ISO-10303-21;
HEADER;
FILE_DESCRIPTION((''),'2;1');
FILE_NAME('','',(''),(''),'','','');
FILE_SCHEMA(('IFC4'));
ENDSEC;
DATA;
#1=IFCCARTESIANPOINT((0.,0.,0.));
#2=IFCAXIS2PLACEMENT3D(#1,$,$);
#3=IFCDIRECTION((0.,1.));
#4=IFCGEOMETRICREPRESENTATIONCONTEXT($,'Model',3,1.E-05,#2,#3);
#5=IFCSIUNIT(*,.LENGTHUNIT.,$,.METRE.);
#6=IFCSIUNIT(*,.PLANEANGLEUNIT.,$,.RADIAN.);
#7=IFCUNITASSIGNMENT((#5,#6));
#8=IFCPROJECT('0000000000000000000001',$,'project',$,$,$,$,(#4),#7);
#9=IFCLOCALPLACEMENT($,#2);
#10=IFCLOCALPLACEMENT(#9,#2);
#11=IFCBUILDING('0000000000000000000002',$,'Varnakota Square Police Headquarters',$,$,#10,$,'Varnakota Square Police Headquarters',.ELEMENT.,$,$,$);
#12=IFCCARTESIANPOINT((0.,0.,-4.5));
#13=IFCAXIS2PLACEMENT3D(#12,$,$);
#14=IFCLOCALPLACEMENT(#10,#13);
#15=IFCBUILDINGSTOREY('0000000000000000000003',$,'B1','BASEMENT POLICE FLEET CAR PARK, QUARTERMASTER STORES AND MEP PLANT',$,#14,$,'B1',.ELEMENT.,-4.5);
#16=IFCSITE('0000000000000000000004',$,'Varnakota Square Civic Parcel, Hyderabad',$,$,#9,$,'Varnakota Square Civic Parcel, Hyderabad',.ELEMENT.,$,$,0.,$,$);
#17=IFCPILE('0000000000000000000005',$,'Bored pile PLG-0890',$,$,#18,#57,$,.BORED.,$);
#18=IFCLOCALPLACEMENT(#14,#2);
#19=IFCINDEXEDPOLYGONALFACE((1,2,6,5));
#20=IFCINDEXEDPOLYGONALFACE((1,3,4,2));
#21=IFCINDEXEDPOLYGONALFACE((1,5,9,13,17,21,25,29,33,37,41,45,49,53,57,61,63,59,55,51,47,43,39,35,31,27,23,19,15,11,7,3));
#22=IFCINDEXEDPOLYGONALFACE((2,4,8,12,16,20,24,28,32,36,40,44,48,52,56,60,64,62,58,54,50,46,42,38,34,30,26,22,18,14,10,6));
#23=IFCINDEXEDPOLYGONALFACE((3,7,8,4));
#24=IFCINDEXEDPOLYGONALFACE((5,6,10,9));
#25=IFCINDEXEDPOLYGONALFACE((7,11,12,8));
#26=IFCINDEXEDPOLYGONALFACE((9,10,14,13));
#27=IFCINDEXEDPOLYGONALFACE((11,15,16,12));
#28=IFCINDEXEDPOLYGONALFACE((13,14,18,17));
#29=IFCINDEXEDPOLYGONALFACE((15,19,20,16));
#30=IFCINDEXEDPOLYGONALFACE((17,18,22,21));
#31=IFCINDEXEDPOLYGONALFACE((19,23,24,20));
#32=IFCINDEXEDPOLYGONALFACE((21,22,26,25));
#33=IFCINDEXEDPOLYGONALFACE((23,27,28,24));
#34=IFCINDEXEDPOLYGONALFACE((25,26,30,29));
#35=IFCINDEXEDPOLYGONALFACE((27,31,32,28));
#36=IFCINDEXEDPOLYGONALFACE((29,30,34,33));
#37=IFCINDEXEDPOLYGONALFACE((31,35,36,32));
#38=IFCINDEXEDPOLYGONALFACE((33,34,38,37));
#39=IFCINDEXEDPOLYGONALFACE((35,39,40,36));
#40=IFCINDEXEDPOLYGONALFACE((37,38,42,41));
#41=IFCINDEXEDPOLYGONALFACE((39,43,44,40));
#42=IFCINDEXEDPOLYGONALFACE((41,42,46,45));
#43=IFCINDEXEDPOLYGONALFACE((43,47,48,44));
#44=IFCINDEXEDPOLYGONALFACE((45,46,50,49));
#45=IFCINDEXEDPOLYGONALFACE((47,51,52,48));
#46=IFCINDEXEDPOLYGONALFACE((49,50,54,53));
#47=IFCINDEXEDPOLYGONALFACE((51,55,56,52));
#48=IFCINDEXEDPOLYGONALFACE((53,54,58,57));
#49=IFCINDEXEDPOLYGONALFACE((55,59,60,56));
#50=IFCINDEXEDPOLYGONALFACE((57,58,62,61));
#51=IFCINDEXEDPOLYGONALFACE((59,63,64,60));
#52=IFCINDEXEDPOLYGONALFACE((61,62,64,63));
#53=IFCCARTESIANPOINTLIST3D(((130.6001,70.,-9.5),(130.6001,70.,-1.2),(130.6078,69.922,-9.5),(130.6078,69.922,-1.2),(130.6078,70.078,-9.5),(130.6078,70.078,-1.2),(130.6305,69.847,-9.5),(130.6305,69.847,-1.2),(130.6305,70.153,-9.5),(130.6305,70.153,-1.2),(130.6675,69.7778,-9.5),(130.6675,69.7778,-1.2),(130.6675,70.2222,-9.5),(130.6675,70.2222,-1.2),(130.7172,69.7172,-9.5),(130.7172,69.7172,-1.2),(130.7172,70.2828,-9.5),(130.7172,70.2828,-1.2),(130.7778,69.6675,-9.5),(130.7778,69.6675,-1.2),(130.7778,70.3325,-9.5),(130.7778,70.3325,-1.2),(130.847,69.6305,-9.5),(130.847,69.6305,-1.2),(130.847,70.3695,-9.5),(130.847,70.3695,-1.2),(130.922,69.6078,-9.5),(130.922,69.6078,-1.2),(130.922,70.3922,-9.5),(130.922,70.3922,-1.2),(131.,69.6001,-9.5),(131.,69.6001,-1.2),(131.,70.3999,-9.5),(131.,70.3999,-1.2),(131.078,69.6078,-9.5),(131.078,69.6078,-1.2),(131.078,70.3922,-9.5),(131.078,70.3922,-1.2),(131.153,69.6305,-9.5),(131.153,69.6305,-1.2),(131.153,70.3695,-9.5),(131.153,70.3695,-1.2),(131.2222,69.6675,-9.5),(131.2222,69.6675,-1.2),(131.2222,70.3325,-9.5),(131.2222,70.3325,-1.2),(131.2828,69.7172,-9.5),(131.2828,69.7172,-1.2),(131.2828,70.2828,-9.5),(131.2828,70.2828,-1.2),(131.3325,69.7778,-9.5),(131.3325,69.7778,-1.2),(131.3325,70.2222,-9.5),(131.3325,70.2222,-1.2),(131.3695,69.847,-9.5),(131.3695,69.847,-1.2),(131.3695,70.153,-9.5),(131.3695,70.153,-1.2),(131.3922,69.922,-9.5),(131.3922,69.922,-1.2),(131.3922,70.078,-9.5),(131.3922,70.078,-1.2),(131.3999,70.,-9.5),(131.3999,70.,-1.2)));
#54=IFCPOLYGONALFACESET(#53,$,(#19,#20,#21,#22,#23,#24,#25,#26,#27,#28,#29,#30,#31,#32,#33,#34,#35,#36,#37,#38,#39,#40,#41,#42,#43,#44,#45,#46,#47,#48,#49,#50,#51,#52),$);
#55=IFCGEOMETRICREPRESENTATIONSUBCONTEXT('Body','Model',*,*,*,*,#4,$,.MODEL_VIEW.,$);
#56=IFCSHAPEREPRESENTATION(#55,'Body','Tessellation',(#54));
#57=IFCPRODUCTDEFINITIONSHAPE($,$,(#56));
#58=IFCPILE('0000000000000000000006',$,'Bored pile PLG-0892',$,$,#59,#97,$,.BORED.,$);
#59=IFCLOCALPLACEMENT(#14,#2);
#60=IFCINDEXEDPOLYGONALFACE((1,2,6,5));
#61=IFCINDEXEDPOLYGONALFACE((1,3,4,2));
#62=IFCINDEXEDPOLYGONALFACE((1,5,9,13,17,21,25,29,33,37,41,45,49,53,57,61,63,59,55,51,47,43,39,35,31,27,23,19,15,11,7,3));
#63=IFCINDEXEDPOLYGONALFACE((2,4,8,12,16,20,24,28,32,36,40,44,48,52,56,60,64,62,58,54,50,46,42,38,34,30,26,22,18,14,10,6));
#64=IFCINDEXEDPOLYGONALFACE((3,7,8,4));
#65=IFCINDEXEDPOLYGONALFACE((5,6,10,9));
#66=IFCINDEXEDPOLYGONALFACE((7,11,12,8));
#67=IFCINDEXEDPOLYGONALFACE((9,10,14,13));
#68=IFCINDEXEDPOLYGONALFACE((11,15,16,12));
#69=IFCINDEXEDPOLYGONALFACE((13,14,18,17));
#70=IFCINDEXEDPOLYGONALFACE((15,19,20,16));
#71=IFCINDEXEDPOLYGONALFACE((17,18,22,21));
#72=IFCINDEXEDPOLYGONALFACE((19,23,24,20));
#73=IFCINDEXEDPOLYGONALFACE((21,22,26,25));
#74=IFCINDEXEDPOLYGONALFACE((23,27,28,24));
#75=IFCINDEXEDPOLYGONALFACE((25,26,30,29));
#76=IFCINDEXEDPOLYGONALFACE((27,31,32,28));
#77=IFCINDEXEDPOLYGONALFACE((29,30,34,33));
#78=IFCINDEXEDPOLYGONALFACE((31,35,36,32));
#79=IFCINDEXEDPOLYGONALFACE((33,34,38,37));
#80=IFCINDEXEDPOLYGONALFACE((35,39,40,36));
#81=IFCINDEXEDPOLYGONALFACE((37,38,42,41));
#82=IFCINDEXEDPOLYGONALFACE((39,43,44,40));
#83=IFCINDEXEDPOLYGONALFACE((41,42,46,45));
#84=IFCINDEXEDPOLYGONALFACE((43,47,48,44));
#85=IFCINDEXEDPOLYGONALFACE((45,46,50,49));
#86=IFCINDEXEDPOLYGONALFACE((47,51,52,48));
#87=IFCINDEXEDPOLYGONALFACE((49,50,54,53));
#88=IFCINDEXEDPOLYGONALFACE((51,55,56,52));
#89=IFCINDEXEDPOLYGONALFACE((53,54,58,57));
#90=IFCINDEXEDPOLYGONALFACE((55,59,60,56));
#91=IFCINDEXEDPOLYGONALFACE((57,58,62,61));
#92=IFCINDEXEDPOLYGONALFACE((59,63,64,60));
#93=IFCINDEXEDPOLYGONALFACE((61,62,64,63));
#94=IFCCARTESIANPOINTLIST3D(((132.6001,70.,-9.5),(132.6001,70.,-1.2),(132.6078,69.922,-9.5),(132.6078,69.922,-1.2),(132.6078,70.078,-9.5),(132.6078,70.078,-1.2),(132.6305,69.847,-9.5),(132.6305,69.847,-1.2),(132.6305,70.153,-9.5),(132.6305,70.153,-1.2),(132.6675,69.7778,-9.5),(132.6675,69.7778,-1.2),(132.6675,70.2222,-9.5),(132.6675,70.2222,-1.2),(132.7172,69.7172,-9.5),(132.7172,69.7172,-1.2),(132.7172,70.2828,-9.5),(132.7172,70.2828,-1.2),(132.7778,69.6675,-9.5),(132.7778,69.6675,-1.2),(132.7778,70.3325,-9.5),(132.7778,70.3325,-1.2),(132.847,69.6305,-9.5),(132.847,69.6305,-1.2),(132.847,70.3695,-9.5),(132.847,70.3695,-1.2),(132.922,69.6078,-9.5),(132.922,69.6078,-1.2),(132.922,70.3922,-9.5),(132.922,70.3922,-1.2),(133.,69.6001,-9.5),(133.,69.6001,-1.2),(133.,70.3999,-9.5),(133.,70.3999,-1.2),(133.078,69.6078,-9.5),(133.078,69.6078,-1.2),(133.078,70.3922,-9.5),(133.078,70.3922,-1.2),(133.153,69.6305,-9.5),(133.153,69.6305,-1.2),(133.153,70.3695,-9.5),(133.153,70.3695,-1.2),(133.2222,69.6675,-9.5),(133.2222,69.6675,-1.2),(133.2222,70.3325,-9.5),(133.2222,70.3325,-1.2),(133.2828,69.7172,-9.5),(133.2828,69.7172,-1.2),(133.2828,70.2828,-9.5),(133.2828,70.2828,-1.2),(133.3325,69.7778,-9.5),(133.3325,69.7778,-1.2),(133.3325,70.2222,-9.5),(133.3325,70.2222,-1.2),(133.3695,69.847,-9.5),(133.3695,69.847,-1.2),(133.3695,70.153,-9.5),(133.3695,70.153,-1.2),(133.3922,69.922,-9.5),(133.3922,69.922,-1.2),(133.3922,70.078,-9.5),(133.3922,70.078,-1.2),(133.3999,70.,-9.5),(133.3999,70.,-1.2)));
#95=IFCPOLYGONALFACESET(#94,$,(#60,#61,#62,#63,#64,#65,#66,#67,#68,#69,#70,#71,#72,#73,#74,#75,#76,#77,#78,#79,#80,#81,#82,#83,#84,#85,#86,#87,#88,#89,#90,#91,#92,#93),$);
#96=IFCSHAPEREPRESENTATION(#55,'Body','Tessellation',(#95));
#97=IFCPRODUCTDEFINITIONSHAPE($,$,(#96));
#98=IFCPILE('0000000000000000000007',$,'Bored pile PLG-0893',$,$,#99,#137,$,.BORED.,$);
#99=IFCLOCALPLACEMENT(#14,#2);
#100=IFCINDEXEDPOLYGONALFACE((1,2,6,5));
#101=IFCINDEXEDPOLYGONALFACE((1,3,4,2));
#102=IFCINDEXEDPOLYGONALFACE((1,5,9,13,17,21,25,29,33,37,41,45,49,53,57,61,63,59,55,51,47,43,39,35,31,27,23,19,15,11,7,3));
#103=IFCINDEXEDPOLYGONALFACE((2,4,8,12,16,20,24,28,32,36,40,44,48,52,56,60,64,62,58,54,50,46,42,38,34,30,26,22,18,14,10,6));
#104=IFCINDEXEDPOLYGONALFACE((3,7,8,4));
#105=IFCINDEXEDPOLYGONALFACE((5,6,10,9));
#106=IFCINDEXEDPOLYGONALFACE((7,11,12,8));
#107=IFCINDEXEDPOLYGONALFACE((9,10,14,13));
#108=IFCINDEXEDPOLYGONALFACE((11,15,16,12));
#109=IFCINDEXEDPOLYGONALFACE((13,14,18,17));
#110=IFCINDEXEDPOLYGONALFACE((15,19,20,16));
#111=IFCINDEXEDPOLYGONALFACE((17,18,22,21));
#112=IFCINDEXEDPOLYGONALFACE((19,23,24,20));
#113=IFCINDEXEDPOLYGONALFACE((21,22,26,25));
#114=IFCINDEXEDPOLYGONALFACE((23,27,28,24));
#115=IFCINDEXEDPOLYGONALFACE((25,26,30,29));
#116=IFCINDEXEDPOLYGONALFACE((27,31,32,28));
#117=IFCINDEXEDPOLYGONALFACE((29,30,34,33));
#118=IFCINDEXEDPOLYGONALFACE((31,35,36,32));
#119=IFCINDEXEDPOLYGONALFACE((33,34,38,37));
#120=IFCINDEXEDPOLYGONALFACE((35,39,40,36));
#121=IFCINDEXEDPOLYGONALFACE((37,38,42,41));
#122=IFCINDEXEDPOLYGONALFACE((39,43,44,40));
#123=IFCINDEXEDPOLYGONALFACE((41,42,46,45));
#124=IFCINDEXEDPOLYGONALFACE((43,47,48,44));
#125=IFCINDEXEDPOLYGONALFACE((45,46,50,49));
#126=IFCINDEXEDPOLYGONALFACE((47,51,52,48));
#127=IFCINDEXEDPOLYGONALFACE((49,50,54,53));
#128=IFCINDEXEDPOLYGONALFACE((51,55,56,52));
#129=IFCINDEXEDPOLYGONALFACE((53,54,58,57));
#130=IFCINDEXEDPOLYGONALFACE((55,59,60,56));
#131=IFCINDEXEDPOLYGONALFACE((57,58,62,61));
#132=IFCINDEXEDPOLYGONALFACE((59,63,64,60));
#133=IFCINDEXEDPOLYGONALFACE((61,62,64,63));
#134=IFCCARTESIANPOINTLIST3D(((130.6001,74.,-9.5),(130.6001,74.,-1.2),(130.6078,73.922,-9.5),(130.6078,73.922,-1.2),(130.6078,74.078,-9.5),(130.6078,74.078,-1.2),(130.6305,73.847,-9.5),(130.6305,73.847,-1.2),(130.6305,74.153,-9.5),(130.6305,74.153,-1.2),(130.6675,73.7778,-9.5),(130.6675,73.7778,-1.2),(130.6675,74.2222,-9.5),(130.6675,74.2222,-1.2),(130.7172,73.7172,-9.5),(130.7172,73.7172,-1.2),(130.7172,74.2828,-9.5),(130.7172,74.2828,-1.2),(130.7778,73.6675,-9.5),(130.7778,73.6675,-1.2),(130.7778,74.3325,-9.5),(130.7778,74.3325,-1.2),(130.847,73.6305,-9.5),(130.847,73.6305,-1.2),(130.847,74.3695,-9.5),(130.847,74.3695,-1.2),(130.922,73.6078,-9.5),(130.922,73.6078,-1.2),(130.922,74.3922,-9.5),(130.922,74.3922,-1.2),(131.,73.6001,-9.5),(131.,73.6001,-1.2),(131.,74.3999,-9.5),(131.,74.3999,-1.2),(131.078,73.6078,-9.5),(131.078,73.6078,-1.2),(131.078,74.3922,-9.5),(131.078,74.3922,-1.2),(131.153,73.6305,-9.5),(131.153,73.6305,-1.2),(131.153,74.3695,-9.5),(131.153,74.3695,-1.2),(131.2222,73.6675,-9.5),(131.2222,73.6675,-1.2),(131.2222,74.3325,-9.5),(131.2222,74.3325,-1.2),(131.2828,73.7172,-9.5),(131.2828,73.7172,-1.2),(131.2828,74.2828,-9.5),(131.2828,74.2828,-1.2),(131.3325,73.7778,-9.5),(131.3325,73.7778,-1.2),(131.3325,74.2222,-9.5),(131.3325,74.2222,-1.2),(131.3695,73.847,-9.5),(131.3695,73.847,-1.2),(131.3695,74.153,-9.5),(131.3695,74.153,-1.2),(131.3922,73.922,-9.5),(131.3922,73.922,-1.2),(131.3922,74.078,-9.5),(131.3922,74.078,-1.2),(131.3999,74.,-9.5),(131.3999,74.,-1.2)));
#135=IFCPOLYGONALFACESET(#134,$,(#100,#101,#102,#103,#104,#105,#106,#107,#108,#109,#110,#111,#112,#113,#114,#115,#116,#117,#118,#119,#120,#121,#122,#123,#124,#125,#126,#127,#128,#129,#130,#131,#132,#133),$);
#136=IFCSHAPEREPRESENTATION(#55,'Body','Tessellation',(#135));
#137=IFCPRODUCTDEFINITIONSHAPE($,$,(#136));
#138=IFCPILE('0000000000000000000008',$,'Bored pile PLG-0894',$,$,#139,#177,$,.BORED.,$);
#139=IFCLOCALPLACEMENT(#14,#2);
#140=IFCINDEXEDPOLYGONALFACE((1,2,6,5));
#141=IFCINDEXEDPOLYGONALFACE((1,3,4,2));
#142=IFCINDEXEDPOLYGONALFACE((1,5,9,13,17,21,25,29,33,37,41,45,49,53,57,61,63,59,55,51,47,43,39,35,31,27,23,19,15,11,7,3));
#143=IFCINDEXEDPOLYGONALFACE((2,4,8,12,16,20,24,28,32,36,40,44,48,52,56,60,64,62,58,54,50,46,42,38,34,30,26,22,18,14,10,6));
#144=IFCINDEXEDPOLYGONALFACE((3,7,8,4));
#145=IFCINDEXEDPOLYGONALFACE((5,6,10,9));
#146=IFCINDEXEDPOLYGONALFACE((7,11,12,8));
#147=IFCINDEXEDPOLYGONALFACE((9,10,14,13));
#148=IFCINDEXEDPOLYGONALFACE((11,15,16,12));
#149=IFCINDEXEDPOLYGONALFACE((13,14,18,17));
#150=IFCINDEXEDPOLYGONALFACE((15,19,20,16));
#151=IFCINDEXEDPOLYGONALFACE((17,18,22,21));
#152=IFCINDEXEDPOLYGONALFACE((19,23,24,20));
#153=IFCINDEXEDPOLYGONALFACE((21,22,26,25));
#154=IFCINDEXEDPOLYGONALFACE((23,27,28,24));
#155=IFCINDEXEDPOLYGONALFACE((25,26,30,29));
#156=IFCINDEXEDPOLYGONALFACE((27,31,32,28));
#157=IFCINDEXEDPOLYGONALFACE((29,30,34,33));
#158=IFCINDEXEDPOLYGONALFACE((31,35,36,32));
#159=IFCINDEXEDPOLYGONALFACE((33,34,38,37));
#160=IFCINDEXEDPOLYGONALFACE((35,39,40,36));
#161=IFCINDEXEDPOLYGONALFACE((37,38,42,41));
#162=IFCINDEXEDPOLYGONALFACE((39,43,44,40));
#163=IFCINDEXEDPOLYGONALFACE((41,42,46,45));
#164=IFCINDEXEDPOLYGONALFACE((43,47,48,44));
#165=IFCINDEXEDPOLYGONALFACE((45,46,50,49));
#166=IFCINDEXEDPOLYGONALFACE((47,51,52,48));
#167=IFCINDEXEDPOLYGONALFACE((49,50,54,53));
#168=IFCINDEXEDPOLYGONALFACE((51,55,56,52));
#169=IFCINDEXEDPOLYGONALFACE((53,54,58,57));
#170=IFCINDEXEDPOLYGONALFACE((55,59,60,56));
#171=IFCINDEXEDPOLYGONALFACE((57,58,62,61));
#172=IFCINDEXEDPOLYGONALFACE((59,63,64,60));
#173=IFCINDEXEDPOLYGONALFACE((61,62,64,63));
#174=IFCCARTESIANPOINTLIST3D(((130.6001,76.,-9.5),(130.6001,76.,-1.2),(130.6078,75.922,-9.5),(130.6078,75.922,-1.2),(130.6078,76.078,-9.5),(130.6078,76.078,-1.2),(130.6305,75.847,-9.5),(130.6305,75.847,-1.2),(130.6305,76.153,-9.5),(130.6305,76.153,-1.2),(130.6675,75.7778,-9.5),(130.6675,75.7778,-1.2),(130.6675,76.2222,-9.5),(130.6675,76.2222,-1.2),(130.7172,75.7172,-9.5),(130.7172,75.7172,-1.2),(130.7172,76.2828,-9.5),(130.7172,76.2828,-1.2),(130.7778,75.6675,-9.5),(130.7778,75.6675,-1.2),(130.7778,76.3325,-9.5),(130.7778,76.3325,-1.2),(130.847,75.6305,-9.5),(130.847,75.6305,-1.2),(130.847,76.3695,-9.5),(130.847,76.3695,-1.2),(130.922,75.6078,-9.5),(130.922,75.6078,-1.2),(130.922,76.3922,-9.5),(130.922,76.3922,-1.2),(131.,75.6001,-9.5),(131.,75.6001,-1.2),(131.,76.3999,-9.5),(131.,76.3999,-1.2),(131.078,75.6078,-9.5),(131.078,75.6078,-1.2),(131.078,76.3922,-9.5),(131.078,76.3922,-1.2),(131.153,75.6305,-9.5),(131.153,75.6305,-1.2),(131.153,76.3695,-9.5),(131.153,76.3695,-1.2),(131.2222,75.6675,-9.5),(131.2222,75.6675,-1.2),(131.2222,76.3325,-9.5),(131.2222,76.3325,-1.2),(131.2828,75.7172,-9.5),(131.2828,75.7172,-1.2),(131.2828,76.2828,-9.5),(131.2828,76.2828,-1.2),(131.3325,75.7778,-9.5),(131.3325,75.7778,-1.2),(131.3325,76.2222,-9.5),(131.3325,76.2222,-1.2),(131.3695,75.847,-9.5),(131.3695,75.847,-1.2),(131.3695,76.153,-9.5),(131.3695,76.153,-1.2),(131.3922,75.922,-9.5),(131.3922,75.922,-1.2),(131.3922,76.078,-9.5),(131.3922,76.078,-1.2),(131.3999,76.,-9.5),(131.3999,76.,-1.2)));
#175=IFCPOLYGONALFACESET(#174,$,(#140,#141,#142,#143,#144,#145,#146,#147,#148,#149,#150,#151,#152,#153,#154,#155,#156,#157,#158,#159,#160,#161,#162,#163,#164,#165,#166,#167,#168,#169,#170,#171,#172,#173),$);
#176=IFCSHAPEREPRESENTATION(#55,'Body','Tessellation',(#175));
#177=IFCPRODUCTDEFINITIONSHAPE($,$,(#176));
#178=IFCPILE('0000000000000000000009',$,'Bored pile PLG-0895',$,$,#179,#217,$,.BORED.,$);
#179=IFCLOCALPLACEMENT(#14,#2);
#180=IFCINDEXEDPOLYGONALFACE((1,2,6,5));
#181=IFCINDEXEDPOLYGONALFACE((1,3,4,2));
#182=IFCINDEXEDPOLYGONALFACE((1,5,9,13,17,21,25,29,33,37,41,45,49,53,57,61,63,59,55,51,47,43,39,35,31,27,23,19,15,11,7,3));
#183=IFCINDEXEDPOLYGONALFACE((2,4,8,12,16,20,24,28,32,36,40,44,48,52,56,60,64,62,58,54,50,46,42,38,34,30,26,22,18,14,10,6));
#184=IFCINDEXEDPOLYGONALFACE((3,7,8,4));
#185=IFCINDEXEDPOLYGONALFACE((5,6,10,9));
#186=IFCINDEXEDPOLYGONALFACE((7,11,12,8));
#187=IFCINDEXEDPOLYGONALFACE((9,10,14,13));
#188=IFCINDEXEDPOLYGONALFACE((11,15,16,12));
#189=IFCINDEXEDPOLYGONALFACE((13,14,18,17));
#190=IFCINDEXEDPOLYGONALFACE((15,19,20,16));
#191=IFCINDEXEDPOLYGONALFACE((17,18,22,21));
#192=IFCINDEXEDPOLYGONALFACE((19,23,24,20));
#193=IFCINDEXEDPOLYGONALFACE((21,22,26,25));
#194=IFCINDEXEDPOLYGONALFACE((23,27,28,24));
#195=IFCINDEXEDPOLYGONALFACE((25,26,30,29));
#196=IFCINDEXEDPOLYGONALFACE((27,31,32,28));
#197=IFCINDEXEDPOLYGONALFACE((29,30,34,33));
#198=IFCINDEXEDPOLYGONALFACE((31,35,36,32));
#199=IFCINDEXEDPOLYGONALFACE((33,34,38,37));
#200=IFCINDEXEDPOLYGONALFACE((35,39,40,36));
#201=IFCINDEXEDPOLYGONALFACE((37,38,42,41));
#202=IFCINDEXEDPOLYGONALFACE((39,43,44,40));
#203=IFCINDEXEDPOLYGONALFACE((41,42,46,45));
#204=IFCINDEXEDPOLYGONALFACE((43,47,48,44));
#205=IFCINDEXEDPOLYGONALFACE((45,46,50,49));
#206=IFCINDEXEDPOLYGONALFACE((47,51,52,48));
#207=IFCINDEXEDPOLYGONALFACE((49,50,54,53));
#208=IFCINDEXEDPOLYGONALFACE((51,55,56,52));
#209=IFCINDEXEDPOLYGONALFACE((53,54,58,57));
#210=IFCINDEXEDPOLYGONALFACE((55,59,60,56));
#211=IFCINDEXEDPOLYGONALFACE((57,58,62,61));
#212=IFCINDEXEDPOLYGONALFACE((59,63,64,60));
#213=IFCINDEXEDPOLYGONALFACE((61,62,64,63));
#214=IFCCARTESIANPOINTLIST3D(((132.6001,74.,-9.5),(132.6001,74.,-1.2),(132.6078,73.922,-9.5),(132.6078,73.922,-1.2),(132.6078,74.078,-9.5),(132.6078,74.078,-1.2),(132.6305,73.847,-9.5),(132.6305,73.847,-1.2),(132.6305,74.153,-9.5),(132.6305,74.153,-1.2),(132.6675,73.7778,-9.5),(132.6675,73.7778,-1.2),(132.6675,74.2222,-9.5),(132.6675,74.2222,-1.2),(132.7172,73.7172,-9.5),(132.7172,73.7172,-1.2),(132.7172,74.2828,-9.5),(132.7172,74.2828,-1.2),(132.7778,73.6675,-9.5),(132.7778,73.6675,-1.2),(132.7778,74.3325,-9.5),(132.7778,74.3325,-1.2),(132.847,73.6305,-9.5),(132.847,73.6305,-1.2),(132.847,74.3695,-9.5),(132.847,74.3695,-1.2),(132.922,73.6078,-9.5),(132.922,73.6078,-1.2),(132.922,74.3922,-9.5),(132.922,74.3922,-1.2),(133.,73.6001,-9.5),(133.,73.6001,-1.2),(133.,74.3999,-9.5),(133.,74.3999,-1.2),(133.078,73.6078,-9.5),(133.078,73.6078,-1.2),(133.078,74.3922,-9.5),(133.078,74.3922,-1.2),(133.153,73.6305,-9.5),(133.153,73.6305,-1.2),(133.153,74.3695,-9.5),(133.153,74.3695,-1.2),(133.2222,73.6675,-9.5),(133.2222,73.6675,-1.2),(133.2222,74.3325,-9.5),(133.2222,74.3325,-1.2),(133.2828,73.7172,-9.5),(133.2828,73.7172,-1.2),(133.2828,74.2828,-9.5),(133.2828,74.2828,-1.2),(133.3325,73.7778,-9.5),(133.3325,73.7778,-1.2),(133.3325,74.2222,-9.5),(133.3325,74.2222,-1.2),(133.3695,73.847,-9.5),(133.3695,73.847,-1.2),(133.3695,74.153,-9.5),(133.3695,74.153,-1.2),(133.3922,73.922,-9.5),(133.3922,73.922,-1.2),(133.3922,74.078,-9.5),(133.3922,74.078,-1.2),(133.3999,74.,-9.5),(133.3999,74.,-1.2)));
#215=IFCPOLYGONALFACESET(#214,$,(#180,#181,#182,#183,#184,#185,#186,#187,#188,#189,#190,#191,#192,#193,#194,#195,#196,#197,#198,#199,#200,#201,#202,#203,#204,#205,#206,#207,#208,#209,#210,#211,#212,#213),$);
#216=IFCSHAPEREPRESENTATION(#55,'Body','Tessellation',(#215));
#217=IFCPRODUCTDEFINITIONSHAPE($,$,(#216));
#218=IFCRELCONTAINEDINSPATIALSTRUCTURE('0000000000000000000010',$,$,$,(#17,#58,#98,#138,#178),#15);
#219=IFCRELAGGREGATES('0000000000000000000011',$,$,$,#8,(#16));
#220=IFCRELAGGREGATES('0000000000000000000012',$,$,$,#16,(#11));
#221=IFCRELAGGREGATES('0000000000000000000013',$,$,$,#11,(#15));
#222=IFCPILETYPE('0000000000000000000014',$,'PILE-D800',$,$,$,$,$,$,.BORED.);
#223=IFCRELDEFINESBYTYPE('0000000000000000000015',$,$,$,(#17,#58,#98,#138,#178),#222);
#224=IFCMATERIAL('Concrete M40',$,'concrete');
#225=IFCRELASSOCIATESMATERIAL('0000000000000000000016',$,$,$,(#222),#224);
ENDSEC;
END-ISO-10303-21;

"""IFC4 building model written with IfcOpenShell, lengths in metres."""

from ifc_helpers import new_model, si_unit, direction, frame, origin, origin_2d, place, context, subcontext, project, spatial, circle, extrude, material, material_profile, profile_set, type_object, element, save


model = new_model("IFC4")

# Units and contexts
model_context = context("Model", 3, precision=1e-05, world=origin(), true_north=direction((0.0, 1.0)))
body_context = subcontext(model_context, "Body", "Model", "MODEL_VIEW")
ifc_project = project(units=[si_unit("LENGTHUNIT", "METRE"), si_unit("PLANEANGLEUNIT", "RADIAN")], contexts=[model_context])

# Site, building, storey
site_placement = place(None, origin())
site = spatial("IfcSite", under=ifc_project, at=site_placement, Name="Varnakota Square Civic Parcel, Hyderabad", LongName="Varnakota Square Civic Parcel, Hyderabad", CompositionType="ELEMENT", RefElevation=0.0)
building_placement = place(site_placement, origin())
building = spatial("IfcBuilding", under=site, at=building_placement, Name="Varnakota Square Police Headquarters", LongName="Varnakota Square Police Headquarters", CompositionType="ELEMENT")
storey_placement = place(building_placement, frame((0.0, 0.0, -4.5)))
storey = spatial("IfcBuildingStorey", under=building, at=storey_placement, Name="B1", Description="BASEMENT POLICE FLEET CAR PARK, QUARTERMASTER STORES AND MEP PLANT", LongName="B1", CompositionType="ELEMENT", Elevation=-4.5)

# Shared definitions
ifc_material_1 = material(Name="Concrete M40", Category="concrete")

# Piles
ifc_material_profile_1 = material_profile(ifc_material_1, circle(Radius=0.3999, at=origin_2d()), Name="BORED PILE 800")
ifc_profile_set_1 = profile_set([ifc_material_profile_1], Name="Concrete M40")
pile_type = type_object("IfcPileType", Name="PILE-D800", PredefinedType="BORED", material=ifc_profile_set_1)
for number, where, z_axis, x_axis, name in (
    (1, (131.0, 70.0, -1.2), (0.0, 0.0, -1.0), (1.0, 0.0, 0.0), "Bored pile PLG-0890"),
    (2, (133.0, 70.0, -1.2), (0.0, 0.0, -1.0), (1.0, 0.0, 0.0), "Bored pile PLG-0892"),
    (3, (131.0, 74.0, -1.2), (0.0, 0.0, -1.0), (1.0, 0.0, 0.0), "Bored pile PLG-0893"),
    (4, (131.0, 76.0, -1.2), (0.0, 0.0, -1.0), (1.0, 0.0, 0.0), "Bored pile PLG-0894"),
    (5, (133.0, 74.0, -1.2), (0.0, 0.0, -1.0), (1.0, 0.0, 0.0), "Bored pile PLG-0895"),
):
    element("IfcPile", number, at=place(storey_placement, frame(where, z_axis=z_axis, x_axis=x_axis)), inside=storey, type_object=pile_type, Name=name, PredefinedType="BORED", context=body_context, shape_type="SweptSolid", body=[
        extrude(circle(Radius=0.3999, at=origin_2d()), origin(), (0.0, 0.0, 1.0), 8.3),
    ])

save(model, "model.ifc")
